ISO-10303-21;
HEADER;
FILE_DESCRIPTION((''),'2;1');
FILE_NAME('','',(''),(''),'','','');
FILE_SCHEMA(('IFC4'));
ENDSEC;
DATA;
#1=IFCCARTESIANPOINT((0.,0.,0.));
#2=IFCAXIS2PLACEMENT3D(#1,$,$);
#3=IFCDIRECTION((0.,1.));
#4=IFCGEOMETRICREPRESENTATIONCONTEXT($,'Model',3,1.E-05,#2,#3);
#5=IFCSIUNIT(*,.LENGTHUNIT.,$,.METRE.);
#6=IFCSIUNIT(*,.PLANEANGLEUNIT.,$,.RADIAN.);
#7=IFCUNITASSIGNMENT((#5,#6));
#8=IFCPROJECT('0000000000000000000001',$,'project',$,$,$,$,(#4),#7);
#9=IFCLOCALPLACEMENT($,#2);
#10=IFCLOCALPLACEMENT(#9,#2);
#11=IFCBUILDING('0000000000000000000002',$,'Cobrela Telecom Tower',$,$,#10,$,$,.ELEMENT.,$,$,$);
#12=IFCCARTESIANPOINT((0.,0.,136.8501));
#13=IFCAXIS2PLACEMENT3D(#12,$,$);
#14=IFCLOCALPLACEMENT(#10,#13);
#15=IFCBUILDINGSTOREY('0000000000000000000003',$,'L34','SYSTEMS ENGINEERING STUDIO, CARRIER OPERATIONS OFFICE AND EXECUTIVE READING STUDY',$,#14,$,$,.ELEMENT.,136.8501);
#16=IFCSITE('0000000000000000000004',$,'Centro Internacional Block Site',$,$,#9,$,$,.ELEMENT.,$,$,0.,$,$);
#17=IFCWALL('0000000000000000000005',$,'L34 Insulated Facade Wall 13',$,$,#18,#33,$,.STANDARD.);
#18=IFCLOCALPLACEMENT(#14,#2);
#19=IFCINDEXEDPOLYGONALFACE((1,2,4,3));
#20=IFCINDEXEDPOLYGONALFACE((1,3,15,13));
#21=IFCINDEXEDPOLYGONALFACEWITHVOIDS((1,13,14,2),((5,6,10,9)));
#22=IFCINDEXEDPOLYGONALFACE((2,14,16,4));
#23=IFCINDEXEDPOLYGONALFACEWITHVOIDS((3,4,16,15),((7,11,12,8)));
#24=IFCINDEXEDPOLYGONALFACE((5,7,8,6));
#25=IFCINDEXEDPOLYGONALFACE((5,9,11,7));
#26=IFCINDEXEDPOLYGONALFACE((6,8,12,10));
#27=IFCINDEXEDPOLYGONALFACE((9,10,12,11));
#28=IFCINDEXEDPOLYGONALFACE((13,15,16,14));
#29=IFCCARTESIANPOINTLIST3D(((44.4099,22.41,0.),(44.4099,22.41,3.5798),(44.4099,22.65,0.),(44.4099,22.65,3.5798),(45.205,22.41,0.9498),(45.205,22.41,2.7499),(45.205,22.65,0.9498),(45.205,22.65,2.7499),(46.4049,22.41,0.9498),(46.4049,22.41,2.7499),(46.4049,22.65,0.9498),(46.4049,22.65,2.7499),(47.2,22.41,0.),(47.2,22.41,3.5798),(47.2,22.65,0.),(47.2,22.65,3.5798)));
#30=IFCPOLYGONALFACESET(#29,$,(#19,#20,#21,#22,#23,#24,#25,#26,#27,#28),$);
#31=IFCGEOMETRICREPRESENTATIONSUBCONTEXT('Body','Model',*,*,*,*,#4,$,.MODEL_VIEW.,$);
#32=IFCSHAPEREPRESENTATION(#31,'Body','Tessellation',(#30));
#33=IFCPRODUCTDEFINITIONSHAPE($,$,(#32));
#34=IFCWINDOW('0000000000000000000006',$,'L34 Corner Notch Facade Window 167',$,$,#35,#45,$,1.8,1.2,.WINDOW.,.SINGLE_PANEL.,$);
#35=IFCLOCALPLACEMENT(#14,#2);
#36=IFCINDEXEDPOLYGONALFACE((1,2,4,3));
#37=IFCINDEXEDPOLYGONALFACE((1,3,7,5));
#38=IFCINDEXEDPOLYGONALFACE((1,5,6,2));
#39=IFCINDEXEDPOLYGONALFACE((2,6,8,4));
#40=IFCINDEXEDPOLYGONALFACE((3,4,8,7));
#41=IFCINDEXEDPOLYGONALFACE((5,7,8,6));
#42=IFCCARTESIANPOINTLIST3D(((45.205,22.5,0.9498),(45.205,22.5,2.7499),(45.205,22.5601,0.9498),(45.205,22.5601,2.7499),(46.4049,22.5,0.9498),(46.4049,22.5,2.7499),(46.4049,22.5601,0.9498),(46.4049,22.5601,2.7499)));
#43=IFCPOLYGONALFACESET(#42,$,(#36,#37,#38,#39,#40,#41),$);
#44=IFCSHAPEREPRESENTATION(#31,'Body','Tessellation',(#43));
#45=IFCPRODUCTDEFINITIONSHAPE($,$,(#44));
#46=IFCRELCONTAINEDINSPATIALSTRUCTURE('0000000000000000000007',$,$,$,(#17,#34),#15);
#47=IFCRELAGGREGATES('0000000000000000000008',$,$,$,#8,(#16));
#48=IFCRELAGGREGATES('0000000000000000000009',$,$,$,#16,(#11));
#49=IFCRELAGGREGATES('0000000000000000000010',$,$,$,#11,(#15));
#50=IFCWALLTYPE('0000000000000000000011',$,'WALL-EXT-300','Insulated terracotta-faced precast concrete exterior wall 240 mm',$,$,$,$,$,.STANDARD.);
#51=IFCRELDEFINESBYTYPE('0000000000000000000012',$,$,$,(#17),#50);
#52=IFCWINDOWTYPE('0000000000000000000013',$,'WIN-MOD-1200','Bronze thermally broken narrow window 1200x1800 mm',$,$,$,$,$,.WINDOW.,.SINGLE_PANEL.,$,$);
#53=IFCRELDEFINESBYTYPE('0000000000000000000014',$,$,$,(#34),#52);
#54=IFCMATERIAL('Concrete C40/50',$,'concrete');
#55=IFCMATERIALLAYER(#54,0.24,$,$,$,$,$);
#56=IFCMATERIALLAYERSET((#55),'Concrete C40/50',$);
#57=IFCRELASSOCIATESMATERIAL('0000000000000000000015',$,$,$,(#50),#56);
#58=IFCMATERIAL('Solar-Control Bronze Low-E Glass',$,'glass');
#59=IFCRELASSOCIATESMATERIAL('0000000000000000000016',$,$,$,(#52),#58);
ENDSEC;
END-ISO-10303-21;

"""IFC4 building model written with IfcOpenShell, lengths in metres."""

from ifc_helpers import new_model, si_unit, direction, frame, frame_2d, origin, place, context, subcontext, project, spatial, rectangle, extrude, material, layer, layer_set, type_object, element, fill, save


model = new_model("IFC4")

# Units and contexts
model_context = context("Model", 3, precision=1e-05, world=origin(), true_north=direction((0.0, 1.0)))
body_context = subcontext(model_context, "Body", "Model", "MODEL_VIEW")
ifc_project = project(units=[si_unit("LENGTHUNIT", "METRE"), si_unit("PLANEANGLEUNIT", "RADIAN")], contexts=[model_context])

# Site, building, storey
site_placement = place(None, origin())
site = spatial("IfcSite", under=ifc_project, at=site_placement, Name="Centro Internacional Block Site", CompositionType="ELEMENT", RefElevation=0.0)
building_placement = place(site_placement, origin())
building = spatial("IfcBuilding", under=site, at=building_placement, Name="Cobrela Telecom Tower", CompositionType="ELEMENT")
storey_placement = place(building_placement, frame((0.0, 0.0, 136.8501)))
storey = spatial("IfcBuildingStorey", under=building, at=storey_placement, Name="L34", Description="SYSTEMS ENGINEERING STUDIO, CARRIER OPERATIONS OFFICE AND EXECUTIVE READING STUDY", CompositionType="ELEMENT", Elevation=136.8501)

# Shared definitions
ifc_material_1 = material(Name="Solar-Control Bronze Low-E Glass", Category="glass")

# Wall, opening, window
ifc_material_2 = material(Name="Concrete C40/50", Category="concrete")
ifc_layer_1 = layer(ifc_material_2, 0.24)
ifc_layer_set_1 = layer_set([ifc_layer_1], Name="Concrete C40/50")
wall_type = type_object("IfcWallType", Name="WALL-EXT-300", Description="Insulated terracotta-faced precast concrete exterior wall 240 mm", PredefinedType="STANDARD", material=ifc_layer_set_1)
wall_1_placement = place(storey_placement, frame((44.4099, 22.53, 0.0), z_axis=(0.0, 0.0, 1.0), x_axis=(1.0, 0.0, 0.0)))
wall_1 = element("IfcWall", 1, at=wall_1_placement, inside=storey, type_object=wall_type, Name="L34 Insulated Facade Wall 13", PredefinedType="STANDARD", context=body_context, shape_type="SweptSolid", body=[
    extrude(rectangle(XDim=2.79, YDim=0.24, at=frame_2d((1.395, 0.0))), origin(), (0.0, 0.0, 1.0), 3.5798),
])
opening_1_placement = place(wall_1_placement, frame((0.7949, 0.0, 0.95)))
opening_1 = element("IfcOpeningElement", 2, at=opening_1_placement, cuts=wall_1, PredefinedType="OPENING", context=body_context, shape_type="SweptSolid", body=[
    extrude(rectangle(XDim=1.2, YDim=1.8, at=frame_2d((0.6001, 0.8999))), frame((0.0, 0.1318, 0.0), z_axis=(0.0, -1.0, 0.0), x_axis=(1.0, 0.0, 0.0)), (0.0, 0.0, 1.0), 0.2639),
])
window_type_1 = type_object("IfcWindowType", Name="WIN-MOD-1200", Description="Bronze thermally broken narrow window 1200x1800 mm", PartitioningType="SINGLE_PANEL", PredefinedType="WINDOW", material=ifc_material_1)
window_1_placement = place(opening_1_placement, origin())
window_1 = element("IfcWindow", 3, at=window_1_placement, inside=storey, type_object=window_type_1, Name="L34 Corner Notch Facade Window 167", OverallHeight=1.8, OverallWidth=1.2, PartitioningType="SINGLE_PANEL", PredefinedType="WINDOW", context=body_context, shape_type="SweptSolid", body=[
    extrude(rectangle(XDim=1.2, YDim=1.8, at=frame_2d((0.6001, 0.8999))), frame((0.0, 0.03, 0.0), z_axis=(0.0, -1.0, 0.0), x_axis=(1.0, 0.0, 0.0)), (0.0, 0.0, 1.0), 0.0601),
])
fill(opening_1, window_1)

save(model, "model.ifc")
